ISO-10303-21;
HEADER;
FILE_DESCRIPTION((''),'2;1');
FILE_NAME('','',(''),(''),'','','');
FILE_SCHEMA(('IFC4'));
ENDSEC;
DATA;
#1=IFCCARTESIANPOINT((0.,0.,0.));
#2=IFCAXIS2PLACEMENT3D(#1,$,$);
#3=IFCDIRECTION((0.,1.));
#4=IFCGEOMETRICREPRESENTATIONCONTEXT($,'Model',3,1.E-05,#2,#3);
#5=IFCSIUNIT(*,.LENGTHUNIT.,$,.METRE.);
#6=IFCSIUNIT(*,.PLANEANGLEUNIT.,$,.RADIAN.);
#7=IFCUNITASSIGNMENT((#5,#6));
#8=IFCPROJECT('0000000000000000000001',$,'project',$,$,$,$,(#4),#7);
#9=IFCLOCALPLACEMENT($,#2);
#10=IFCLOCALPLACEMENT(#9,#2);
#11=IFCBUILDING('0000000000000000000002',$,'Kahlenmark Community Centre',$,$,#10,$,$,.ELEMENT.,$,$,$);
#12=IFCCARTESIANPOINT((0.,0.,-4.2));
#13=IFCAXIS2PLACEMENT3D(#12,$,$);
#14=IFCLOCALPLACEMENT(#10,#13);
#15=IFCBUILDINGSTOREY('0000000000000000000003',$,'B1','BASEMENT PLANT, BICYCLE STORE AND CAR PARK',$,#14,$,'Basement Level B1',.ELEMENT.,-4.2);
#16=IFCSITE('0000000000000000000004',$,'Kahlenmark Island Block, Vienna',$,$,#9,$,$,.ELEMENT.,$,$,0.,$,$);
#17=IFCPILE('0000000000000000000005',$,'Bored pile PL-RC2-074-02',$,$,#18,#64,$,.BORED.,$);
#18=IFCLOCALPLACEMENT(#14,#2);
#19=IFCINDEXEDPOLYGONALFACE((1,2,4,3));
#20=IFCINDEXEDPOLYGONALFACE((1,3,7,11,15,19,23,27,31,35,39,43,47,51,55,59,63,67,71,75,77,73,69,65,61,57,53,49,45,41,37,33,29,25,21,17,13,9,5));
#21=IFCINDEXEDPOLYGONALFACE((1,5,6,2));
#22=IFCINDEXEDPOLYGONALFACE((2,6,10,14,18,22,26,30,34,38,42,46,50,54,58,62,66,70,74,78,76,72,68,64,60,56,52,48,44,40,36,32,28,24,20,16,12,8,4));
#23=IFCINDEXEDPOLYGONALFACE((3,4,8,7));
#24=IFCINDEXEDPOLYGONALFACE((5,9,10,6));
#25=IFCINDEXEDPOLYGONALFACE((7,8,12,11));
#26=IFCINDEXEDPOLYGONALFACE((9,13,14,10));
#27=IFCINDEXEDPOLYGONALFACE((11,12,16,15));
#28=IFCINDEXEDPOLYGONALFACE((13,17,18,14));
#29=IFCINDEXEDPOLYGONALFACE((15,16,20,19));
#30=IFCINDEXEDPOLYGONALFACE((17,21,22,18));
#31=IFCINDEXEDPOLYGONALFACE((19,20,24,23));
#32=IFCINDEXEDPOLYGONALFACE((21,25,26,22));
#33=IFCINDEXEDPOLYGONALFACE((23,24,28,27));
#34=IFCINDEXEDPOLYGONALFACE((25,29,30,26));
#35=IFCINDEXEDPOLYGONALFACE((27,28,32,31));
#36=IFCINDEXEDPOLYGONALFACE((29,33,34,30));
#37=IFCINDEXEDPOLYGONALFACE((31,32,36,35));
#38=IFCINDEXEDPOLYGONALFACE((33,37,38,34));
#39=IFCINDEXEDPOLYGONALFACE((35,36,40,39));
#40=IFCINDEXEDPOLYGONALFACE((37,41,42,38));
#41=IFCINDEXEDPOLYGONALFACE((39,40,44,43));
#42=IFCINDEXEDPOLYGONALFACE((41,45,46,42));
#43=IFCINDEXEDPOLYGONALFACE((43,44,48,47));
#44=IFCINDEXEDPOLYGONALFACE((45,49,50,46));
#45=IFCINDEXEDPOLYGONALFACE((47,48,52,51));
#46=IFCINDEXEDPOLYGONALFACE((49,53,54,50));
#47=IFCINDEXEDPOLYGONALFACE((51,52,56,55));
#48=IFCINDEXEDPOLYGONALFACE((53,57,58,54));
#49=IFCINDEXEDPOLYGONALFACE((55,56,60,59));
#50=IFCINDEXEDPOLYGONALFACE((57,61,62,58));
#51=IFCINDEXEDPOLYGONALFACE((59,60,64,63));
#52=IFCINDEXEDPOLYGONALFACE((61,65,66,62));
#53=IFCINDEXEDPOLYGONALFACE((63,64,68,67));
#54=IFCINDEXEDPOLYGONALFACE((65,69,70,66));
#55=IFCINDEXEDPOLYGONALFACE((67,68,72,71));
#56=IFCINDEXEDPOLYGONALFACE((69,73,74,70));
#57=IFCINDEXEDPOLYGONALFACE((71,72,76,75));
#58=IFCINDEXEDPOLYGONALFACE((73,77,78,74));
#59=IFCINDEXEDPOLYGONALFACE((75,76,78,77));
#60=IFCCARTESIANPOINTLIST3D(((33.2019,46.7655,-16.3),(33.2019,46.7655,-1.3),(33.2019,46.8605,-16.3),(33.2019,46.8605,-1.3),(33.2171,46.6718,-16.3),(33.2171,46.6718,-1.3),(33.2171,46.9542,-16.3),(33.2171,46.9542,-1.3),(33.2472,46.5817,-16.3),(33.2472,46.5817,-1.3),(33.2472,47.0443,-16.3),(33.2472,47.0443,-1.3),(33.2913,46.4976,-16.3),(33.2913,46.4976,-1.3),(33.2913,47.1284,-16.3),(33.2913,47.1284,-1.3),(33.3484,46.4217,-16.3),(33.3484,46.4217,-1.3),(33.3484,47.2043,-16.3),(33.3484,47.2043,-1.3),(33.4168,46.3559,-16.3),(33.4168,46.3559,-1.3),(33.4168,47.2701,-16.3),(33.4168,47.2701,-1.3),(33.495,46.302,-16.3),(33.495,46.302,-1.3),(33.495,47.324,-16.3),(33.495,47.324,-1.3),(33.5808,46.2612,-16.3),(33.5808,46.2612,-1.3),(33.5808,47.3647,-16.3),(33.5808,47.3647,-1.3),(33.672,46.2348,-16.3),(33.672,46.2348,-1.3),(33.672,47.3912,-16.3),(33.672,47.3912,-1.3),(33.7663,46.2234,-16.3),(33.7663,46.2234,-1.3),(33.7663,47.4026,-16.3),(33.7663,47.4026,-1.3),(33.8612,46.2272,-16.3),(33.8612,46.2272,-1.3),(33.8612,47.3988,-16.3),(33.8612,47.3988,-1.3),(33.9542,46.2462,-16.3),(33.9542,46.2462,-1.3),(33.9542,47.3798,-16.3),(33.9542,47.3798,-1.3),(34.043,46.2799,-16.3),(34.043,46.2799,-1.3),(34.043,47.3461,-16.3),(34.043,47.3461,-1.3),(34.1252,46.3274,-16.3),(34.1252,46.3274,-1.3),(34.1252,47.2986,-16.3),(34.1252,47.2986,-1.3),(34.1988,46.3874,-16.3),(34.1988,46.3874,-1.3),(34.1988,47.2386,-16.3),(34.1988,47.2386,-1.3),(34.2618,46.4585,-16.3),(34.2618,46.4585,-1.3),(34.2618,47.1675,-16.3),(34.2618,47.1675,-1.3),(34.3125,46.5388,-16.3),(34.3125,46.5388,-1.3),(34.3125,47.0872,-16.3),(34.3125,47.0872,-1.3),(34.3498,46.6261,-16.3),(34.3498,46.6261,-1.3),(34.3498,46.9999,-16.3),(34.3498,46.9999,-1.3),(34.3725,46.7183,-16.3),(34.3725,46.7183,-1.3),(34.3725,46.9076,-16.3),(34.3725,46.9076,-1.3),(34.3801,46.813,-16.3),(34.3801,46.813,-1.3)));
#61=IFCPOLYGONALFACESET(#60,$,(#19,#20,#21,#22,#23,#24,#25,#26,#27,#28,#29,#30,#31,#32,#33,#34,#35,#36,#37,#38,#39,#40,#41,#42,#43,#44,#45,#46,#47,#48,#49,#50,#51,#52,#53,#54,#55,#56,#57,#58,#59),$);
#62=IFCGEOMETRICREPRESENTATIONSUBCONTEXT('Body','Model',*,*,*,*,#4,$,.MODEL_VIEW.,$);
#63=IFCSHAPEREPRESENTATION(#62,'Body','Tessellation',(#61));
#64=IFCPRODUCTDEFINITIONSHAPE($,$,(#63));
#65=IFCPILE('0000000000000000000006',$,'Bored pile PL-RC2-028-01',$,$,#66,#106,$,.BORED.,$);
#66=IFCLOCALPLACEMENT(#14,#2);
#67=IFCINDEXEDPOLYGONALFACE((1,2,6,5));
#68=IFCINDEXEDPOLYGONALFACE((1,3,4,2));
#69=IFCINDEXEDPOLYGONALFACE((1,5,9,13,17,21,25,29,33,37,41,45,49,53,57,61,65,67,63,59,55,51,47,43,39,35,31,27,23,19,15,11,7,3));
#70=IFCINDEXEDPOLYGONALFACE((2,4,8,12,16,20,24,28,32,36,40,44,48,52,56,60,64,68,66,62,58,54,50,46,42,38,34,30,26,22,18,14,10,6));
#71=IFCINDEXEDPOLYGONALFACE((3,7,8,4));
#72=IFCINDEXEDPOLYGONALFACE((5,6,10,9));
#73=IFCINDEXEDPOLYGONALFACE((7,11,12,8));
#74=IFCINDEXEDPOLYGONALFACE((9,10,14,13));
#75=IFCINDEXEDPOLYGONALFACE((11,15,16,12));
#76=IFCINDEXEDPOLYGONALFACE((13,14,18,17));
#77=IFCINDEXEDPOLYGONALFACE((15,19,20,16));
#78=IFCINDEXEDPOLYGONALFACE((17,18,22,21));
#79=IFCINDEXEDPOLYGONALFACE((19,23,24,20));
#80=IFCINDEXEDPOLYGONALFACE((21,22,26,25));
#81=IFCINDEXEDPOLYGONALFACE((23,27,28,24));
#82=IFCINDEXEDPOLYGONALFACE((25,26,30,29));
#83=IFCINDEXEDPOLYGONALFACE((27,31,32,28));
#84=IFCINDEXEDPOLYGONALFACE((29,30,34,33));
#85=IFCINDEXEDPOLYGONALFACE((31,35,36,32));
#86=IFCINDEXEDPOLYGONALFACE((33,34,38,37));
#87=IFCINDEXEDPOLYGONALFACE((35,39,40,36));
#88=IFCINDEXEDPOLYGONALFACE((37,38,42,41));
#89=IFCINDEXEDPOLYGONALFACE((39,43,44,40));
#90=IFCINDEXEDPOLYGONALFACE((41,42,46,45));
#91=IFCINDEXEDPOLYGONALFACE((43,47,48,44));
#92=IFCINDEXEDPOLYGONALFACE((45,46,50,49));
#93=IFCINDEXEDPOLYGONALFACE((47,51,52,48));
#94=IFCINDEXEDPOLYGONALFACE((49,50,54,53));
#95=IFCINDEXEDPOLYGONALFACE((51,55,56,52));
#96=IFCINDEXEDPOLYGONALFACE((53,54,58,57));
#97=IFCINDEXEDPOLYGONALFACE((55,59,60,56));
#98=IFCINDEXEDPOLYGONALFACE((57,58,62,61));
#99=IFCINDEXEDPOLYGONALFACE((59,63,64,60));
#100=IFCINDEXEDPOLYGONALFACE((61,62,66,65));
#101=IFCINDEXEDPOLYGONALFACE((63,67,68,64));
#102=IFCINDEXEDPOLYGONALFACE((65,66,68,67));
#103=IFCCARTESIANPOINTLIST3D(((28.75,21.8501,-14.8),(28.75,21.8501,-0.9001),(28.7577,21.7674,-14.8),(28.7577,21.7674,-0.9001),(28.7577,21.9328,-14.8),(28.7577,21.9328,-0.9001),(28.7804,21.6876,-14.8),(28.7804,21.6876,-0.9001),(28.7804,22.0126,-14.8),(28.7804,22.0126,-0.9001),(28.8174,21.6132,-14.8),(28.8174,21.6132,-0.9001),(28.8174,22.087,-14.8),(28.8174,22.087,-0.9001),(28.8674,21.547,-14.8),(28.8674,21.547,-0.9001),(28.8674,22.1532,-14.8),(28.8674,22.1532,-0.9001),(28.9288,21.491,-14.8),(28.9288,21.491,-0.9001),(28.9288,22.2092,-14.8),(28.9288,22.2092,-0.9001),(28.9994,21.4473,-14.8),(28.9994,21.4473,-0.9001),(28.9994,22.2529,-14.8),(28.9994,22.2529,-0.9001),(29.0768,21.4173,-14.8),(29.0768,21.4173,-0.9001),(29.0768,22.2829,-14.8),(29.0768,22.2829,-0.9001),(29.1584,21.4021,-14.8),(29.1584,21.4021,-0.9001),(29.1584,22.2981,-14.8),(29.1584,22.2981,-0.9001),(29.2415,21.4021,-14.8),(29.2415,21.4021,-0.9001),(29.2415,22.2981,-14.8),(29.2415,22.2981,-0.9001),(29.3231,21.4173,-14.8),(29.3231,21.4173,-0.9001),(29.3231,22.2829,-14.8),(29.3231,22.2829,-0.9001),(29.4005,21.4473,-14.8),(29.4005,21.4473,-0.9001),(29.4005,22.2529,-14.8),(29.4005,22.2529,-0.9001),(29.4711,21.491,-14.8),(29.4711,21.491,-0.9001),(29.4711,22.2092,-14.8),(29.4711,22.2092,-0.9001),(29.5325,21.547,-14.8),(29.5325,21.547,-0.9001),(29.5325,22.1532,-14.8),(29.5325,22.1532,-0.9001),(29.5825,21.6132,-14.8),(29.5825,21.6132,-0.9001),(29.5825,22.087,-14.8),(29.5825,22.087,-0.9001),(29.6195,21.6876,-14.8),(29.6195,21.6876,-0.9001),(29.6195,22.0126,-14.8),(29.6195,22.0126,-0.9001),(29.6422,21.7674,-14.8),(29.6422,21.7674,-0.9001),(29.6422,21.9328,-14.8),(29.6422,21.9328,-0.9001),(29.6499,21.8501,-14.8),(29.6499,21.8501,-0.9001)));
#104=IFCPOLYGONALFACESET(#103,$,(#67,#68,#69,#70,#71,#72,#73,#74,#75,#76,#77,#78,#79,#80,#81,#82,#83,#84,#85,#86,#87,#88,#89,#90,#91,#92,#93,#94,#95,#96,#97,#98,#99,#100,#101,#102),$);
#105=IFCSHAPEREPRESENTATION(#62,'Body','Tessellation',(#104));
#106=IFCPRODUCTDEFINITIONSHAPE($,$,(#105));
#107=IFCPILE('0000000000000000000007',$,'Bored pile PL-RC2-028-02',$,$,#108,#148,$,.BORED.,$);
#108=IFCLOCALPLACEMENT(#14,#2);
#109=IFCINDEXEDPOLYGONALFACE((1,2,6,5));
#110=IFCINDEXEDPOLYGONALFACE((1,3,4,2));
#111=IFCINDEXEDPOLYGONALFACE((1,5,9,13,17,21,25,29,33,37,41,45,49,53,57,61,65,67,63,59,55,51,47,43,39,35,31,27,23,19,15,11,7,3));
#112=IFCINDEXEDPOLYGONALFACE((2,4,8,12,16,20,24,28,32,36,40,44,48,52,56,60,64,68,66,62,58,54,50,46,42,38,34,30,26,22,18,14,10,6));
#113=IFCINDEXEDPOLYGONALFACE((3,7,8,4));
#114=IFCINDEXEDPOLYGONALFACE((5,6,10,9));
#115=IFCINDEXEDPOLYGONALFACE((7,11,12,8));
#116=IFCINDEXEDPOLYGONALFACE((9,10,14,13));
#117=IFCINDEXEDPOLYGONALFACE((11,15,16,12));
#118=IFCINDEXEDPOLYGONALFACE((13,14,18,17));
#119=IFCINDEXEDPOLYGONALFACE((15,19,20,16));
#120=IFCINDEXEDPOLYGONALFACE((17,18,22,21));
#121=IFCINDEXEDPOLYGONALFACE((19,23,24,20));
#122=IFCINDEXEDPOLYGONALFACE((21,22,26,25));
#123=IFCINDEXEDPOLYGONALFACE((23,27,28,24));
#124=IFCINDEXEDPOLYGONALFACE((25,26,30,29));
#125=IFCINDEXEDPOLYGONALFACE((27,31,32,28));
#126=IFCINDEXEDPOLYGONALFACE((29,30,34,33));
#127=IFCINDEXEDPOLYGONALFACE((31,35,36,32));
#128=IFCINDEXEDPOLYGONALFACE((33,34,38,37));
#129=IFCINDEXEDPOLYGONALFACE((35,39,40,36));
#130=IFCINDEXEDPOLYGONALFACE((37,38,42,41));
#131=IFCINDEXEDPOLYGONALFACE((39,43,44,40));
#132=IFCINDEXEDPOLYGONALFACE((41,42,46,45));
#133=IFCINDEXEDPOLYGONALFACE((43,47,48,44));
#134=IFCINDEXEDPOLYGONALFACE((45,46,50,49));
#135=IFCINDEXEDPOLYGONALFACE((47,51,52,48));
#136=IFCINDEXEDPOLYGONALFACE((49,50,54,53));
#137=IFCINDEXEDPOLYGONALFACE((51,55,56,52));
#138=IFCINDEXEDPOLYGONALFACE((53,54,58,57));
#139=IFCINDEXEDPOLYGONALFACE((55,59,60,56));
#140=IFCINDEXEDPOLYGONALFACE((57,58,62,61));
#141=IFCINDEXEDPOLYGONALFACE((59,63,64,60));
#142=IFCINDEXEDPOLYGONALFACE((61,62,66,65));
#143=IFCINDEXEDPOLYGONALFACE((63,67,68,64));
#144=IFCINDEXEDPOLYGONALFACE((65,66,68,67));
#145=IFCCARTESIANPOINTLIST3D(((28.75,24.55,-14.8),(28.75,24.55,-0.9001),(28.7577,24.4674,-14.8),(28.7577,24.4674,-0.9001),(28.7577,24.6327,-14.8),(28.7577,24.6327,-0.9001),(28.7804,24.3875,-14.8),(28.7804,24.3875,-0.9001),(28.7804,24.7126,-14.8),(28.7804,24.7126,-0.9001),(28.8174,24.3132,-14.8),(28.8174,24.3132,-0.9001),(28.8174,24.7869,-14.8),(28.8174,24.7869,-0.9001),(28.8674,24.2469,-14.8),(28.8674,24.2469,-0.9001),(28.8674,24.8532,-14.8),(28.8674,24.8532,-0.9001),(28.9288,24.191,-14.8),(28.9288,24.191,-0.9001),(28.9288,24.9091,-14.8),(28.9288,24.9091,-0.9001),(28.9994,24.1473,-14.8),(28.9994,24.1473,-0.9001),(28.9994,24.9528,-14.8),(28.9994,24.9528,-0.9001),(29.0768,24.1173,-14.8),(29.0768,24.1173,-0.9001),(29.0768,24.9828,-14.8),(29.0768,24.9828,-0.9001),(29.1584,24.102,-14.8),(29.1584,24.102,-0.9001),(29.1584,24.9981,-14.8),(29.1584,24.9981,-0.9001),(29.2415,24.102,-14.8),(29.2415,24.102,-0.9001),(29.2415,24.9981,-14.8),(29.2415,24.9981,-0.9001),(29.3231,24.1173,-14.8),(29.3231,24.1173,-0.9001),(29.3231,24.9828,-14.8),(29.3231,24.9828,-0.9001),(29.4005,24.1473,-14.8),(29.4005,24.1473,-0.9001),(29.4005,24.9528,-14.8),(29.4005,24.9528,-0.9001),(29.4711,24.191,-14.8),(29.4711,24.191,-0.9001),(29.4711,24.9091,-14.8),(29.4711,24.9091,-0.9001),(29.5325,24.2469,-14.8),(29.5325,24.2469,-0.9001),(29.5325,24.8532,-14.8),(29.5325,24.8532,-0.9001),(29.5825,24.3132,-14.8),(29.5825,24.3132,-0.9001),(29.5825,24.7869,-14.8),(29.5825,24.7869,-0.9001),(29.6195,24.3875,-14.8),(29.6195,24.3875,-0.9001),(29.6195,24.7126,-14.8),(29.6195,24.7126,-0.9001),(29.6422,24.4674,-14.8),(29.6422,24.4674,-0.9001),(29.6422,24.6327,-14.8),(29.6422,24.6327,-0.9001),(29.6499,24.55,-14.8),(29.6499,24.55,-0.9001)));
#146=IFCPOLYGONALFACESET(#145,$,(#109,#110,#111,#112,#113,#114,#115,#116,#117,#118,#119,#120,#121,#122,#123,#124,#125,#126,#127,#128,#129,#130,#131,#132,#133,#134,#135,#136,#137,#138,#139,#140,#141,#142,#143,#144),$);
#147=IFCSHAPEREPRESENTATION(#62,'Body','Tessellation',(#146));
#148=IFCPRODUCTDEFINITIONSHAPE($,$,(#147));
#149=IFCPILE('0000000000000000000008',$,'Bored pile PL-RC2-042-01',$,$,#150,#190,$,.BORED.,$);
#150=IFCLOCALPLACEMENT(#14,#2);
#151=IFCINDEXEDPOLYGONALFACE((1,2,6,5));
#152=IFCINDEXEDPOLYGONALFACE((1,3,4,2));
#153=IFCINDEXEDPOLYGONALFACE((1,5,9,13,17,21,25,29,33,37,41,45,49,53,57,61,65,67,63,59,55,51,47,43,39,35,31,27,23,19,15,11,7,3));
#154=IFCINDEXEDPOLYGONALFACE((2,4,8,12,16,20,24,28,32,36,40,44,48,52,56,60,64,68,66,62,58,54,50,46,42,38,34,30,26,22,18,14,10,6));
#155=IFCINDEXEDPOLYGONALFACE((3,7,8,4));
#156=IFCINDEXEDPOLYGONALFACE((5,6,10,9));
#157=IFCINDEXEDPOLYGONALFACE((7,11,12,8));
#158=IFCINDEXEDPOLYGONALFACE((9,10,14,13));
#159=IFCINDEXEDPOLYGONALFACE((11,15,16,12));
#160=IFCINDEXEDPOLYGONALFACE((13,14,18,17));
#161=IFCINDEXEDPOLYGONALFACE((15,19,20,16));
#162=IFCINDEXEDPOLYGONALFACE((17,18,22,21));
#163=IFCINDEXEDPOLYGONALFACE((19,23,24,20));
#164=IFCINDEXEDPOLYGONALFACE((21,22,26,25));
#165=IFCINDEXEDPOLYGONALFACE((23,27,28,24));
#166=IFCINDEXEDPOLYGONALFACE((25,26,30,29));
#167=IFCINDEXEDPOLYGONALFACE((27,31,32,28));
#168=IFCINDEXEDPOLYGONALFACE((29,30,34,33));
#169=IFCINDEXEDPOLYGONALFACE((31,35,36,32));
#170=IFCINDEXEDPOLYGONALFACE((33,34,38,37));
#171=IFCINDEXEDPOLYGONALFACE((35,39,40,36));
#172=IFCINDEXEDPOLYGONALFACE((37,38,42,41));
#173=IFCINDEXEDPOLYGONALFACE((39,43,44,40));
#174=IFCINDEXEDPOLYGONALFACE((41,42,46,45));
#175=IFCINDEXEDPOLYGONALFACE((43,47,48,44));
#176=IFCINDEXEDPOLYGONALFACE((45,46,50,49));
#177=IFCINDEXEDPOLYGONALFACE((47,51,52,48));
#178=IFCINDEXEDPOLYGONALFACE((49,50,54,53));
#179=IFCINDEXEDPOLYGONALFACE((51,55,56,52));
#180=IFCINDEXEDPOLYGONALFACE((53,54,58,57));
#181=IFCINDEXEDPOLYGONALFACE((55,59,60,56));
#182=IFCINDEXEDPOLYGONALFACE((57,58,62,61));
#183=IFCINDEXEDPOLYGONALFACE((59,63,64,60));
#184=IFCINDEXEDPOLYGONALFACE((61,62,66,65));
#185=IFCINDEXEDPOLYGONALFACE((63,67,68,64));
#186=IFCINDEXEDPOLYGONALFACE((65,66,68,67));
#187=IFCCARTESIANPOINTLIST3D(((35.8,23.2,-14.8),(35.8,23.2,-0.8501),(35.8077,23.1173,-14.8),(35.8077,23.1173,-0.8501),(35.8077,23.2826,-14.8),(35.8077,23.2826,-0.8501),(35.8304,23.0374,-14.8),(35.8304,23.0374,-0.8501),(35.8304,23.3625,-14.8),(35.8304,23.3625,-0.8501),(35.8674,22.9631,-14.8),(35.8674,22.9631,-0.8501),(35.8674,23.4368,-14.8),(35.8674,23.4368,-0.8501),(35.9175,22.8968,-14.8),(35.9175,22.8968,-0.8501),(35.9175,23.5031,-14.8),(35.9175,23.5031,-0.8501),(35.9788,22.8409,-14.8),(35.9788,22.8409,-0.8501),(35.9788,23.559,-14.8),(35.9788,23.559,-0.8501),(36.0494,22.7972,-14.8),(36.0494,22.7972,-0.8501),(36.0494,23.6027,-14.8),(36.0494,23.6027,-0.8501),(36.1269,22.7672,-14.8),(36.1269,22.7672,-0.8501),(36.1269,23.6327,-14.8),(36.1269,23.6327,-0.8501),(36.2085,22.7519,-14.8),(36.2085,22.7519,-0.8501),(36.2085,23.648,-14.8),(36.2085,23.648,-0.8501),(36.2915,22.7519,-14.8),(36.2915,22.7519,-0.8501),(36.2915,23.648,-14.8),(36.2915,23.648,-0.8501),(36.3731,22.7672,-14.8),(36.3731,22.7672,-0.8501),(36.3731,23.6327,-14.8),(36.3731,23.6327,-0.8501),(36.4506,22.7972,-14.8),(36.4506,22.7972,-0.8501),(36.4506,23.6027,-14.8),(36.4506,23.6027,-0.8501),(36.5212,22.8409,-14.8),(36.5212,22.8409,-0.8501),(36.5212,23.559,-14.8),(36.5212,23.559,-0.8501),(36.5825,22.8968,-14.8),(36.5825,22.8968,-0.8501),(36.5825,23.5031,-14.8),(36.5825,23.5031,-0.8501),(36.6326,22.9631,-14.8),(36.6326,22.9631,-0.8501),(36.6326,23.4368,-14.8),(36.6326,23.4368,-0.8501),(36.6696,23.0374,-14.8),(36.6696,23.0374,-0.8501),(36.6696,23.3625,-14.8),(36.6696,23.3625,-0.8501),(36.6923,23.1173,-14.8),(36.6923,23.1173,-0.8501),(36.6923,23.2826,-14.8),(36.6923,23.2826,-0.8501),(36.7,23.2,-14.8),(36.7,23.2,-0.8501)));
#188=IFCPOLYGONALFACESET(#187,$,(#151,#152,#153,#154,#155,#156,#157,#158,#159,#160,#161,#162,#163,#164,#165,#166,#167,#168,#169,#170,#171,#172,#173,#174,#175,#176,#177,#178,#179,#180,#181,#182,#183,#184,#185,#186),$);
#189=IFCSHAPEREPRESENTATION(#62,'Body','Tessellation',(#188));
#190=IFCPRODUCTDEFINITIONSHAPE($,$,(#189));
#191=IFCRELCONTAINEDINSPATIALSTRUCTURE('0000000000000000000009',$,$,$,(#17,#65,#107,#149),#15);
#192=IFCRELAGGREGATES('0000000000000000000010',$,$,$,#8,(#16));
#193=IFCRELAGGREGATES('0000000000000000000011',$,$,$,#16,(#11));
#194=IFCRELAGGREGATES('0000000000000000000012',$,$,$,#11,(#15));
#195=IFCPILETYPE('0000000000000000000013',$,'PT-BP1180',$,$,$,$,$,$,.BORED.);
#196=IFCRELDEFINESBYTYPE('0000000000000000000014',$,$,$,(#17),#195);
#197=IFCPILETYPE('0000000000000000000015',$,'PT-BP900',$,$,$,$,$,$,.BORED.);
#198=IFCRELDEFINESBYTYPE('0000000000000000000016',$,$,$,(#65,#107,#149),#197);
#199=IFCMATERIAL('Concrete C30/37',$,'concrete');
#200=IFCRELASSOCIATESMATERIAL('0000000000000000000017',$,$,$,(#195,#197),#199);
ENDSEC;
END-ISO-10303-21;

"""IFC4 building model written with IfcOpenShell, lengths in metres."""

from ifc_helpers import new_model, si_unit, direction, frame, origin, origin_2d, place, context, subcontext, project, spatial, circle, extrude, material, material_profile, profile_set, type_object, element, save


model = new_model("IFC4")

# Units and contexts
model_context = context("Model", 3, precision=1e-05, world=origin(), true_north=direction((0.0, 1.0)))
body_context = subcontext(model_context, "Body", "Model", "MODEL_VIEW")
ifc_project = project(units=[si_unit("LENGTHUNIT", "METRE"), si_unit("PLANEANGLEUNIT", "RADIAN")], contexts=[model_context])

# Site, building, storey
site_placement = place(None, origin())
site = spatial("IfcSite", under=ifc_project, at=site_placement, Name="Kahlenmark Island Block, Vienna", CompositionType="ELEMENT", RefElevation=0.0)
building_placement = place(site_placement, origin())
building = spatial("IfcBuilding", under=site, at=building_placement, Name="Kahlenmark Community Centre", CompositionType="ELEMENT")
storey_placement = place(building_placement, frame((0.0, 0.0, -4.2)))
storey = spatial("IfcBuildingStorey", under=building, at=storey_placement, Name="B1", Description="BASEMENT PLANT, BICYCLE STORE AND CAR PARK", LongName="Basement Level B1", CompositionType="ELEMENT", Elevation=-4.2)

# Shared definitions
ifc_material_1 = material(Name="Concrete C30/37", Category="concrete")

# Piles
ifc_material_profile_1 = material_profile(ifc_material_1, circle(Radius=0.5901, at=origin_2d()), Name="BORED PILE 1180")
ifc_profile_set_1 = profile_set([ifc_material_profile_1], Name="Concrete C30/37")
pile_type_1 = type_object("IfcPileType", Name="PT-BP1180", PredefinedType="BORED", material=ifc_profile_set_1)
for number, where, z_axis, x_axis, name in (
    (1, (33.79, 46.813, -1.3), (0.0, 0.0, -1.0), (1.0, 0.0, 0.0), "Bored pile PL-RC2-074-02"),
):
    element("IfcPile", number, at=place(storey_placement, frame(where, z_axis=z_axis, x_axis=x_axis)), inside=storey, type_object=pile_type_1, Name=name, PredefinedType="BORED", context=body_context, shape_type="SweptSolid", body=[
        extrude(circle(Radius=0.5901, at=origin_2d()), origin(), (0.0, 0.0, 1.0), 15.0),
    ])
ifc_material_profile_2 = material_profile(ifc_material_1, circle(Radius=0.45, at=origin_2d()), Name="BORED PILE 900")
ifc_profile_set_2 = profile_set([ifc_material_profile_2], Name="Concrete C30/37")
pile_type_2 = type_object("IfcPileType", Name="PT-BP900", PredefinedType="BORED", material=ifc_profile_set_2)
for number, where, z_axis, x_axis, name in (
    (2, (29.2, 21.8501, -0.9001), (0.0, 0.0, -1.0), (1.0, 0.0, 0.0), "Bored pile PL-RC2-028-01"),
    (3, (29.2, 24.55, -0.9001), (0.0, 0.0, -1.0), (1.0, 0.0, 0.0), "Bored pile PL-RC2-028-02"),
):
    element("IfcPile", number, at=place(storey_placement, frame(where, z_axis=z_axis, x_axis=x_axis)), inside=storey, type_object=pile_type_2, Name=name, PredefinedType="BORED", context=body_context, shape_type="SweptSolid", body=[
        extrude(circle(Radius=0.45, at=origin_2d()), origin(), (0.0, 0.0, 1.0), 13.8999),
    ])
pile_1_placement = place(storey_placement, frame((36.25, 23.2, -0.8501), z_axis=(0.0, 0.0, -1.0), x_axis=(1.0, 0.0, 0.0)))
element("IfcPile", 4, at=pile_1_placement, inside=storey, type_object=pile_type_2, Name="Bored pile PL-RC2-042-01", PredefinedType="BORED", context=body_context, shape_type="SweptSolid", body=[
    extrude(circle(Radius=0.45, at=origin_2d()), origin(), (0.0, 0.0, 1.0), 13.95),
])

save(model, "model.ifc")
